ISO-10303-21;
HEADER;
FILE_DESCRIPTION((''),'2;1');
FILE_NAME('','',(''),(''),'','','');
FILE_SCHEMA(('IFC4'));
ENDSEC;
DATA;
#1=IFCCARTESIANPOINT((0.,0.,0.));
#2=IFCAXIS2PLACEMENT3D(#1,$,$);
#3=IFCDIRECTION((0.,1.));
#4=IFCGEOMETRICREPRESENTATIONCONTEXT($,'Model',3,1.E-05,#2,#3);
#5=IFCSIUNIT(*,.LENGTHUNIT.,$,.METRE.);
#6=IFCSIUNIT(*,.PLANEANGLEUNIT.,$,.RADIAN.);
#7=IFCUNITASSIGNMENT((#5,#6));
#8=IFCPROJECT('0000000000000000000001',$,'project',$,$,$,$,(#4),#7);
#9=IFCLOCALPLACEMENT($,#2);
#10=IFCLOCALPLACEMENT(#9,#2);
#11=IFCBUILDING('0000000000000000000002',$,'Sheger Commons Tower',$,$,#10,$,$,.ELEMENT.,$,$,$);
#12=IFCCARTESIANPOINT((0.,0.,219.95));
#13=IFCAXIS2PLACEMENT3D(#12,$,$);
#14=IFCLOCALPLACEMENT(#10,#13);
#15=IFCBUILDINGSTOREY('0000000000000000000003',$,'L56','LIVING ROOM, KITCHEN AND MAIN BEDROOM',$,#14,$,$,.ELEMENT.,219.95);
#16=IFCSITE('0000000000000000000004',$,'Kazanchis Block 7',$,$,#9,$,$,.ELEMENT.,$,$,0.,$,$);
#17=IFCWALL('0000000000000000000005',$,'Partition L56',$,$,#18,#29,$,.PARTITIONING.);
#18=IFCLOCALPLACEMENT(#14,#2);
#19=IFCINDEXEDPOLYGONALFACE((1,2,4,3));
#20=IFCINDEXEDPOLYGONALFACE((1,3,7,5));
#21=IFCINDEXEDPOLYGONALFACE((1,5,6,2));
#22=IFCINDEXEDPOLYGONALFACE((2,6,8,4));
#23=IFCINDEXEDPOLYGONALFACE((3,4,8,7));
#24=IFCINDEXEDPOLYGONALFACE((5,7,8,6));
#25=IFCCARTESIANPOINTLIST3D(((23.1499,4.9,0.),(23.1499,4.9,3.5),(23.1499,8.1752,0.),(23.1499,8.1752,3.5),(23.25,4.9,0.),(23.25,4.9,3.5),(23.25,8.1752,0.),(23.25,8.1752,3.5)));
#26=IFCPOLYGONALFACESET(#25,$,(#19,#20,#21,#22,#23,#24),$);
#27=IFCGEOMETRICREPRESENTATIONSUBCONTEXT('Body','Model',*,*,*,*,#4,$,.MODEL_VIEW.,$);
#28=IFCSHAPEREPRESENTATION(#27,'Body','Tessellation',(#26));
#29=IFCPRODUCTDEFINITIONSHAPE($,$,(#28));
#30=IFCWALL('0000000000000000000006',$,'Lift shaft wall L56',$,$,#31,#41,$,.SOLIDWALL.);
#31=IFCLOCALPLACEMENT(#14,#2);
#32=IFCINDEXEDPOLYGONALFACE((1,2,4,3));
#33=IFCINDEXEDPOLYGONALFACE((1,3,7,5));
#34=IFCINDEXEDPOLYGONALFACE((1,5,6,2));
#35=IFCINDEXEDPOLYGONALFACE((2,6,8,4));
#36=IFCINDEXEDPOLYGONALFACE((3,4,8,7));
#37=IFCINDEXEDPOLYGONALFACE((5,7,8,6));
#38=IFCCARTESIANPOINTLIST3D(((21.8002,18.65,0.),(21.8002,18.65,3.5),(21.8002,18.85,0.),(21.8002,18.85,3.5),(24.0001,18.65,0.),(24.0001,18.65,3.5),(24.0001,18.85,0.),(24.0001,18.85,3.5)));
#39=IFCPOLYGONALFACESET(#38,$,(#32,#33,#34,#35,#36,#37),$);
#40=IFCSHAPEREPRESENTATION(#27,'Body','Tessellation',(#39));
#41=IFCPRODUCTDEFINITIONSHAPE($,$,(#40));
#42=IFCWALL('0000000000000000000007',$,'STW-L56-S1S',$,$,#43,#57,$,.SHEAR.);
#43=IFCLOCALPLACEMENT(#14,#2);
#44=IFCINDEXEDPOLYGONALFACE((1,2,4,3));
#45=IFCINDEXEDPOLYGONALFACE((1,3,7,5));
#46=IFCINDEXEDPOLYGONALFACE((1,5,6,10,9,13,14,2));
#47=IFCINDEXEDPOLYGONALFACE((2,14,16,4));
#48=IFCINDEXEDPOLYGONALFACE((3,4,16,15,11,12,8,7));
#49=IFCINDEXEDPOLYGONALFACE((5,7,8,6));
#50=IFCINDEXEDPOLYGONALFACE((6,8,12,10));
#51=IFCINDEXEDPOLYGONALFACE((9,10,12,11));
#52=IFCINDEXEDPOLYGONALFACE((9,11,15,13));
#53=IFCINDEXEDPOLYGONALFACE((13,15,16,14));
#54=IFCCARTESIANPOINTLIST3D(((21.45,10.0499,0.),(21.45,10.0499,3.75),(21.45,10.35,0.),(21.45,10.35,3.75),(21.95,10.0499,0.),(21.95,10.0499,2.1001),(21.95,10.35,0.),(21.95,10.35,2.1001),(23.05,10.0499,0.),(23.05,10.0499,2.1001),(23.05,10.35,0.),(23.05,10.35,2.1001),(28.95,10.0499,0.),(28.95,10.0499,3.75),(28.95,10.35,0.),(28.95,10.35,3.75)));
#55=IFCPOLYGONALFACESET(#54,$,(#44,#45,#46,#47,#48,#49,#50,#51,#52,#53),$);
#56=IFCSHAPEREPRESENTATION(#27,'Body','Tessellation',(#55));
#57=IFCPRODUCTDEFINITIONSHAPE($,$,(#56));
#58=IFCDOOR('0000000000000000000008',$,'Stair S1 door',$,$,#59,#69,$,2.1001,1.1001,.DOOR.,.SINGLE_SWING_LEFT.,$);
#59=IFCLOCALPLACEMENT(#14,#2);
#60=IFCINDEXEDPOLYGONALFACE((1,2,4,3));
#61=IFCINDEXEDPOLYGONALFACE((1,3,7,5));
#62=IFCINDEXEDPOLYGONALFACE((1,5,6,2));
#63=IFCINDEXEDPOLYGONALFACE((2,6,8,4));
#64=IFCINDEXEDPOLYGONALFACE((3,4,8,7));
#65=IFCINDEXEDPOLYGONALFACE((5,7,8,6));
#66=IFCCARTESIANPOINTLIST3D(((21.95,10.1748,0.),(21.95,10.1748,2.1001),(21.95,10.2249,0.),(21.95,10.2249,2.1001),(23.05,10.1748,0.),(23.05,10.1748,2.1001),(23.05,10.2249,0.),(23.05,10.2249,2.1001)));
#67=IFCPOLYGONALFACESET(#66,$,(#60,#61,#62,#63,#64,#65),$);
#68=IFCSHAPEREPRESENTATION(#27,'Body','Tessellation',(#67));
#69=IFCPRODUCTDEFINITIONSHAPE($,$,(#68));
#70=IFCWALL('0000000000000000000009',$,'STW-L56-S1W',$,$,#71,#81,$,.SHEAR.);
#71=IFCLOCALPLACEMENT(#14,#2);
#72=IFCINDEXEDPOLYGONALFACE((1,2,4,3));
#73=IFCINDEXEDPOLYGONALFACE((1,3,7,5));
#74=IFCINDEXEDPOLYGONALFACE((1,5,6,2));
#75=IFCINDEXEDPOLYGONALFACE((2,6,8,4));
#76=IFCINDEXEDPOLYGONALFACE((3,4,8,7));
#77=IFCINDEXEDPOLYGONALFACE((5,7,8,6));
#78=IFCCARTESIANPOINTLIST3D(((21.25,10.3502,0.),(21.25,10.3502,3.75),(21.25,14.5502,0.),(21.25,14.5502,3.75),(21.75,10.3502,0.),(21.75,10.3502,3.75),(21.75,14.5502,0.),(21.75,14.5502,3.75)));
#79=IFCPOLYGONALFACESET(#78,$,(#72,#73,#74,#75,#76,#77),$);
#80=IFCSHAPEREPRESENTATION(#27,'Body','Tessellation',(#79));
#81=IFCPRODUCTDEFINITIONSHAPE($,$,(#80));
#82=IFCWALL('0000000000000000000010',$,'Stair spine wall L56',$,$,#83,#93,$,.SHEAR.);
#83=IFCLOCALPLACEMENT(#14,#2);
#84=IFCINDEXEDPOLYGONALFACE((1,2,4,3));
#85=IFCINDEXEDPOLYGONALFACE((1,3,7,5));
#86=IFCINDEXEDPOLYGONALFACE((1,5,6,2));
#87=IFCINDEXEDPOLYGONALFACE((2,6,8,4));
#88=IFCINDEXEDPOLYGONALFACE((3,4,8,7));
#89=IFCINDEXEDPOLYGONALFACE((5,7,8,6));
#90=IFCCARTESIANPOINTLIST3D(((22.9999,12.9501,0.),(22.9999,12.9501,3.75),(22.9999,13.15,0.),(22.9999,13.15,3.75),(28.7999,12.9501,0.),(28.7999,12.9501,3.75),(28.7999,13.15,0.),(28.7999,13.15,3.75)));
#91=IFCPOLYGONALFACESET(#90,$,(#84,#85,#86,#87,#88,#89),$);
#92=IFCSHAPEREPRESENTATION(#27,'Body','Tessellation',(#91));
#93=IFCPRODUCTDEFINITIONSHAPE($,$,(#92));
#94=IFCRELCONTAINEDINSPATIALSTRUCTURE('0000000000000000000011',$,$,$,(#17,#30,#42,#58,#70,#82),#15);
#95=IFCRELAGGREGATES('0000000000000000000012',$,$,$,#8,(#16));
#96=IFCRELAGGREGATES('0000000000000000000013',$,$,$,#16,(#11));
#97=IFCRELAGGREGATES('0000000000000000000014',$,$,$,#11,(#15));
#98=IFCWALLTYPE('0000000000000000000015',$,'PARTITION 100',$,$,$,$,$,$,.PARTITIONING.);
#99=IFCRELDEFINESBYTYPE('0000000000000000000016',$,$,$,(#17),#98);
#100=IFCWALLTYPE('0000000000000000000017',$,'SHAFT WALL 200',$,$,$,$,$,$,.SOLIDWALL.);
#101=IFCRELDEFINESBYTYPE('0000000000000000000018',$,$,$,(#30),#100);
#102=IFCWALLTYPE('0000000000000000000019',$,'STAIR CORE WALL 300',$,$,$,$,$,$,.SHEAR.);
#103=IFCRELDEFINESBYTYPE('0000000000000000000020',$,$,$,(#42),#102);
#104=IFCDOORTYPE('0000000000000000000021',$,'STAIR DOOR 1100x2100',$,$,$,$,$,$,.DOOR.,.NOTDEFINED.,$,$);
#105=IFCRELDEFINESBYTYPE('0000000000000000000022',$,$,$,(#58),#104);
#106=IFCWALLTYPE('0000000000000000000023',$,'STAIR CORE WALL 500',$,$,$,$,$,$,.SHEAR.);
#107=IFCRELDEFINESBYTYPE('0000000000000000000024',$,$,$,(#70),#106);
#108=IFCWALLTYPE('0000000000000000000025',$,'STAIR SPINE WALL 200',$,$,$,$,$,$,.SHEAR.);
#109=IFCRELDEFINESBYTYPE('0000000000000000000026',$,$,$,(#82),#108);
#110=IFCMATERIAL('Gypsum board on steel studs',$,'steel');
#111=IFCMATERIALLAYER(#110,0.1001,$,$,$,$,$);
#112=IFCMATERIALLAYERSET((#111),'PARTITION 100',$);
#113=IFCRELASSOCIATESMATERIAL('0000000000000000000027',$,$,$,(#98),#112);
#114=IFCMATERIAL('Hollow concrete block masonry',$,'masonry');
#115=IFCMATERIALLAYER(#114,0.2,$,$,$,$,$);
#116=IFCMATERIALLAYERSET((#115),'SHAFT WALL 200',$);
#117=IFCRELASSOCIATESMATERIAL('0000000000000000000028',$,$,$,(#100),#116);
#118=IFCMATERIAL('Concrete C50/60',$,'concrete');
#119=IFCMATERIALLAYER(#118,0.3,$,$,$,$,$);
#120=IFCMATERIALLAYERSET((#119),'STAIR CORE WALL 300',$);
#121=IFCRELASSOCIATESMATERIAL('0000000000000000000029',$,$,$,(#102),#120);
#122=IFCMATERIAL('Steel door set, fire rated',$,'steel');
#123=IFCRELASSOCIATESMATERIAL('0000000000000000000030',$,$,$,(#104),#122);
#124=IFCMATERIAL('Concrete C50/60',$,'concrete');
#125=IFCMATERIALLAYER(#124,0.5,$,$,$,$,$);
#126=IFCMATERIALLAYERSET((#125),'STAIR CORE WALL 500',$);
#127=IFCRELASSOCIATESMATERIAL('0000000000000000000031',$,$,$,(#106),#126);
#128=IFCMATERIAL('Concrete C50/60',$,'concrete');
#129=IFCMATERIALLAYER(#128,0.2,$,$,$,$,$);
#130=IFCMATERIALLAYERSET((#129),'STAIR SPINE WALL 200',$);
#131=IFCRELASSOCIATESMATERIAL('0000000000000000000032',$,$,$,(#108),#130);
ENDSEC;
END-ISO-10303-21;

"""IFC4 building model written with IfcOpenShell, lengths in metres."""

from ifc_helpers import new_model, si_unit, direction, frame, frame_2d, origin, place, context, subcontext, project, spatial, rectangle, extrude, material, layer, layer_set, type_object, element, fill, save


model = new_model("IFC4")

# Units and contexts
model_context = context("Model", 3, precision=1e-05, world=origin(), true_north=direction((0.0, 1.0)))
body_context = subcontext(model_context, "Body", "Model", "MODEL_VIEW")
ifc_project = project(units=[si_unit("LENGTHUNIT", "METRE"), si_unit("PLANEANGLEUNIT", "RADIAN")], contexts=[model_context])

# Site, building, storey
site_placement = place(None, origin())
site = spatial("IfcSite", under=ifc_project, at=site_placement, Name="Kazanchis Block 7", CompositionType="ELEMENT", RefElevation=0.0)
building_placement = place(site_placement, origin())
building = spatial("IfcBuilding", under=site, at=building_placement, Name="Sheger Commons Tower", CompositionType="ELEMENT")
storey_placement = place(building_placement, frame((0.0, 0.0, 219.95)))
storey = spatial("IfcBuildingStorey", under=building, at=storey_placement, Name="L56", Description="LIVING ROOM, KITCHEN AND MAIN BEDROOM", CompositionType="ELEMENT", Elevation=219.95)

# Walls
ifc_material_1 = material(Name="Gypsum board on steel studs", Category="steel")
ifc_layer_1 = layer(ifc_material_1, 0.1001)
ifc_layer_set_1 = layer_set([ifc_layer_1], Name="PARTITION 100")
wall_type_1 = type_object("IfcWallType", Name="PARTITION 100", PredefinedType="PARTITIONING", material=ifc_layer_set_1)
for number, where, z_axis, x_axis, name in (
    (1, (23.2, 4.8999, 0.0), (0.0, 0.0, 1.0), (0.0, 1.0, 0.0), "Partition L56"),
):
    element("IfcWall", number, at=place(storey_placement, frame(where, z_axis=z_axis, x_axis=x_axis)), inside=storey, type_object=wall_type_1, Name=name, PredefinedType="PARTITIONING", context=body_context, shape_type="SweptSolid", body=[
        extrude(rectangle(XDim=3.2751, YDim=0.1001, at=frame_2d((1.6377, 0.0))), origin(), (0.0, 0.0, 1.0), 3.5),
    ])
ifc_material_2 = material(Name="Hollow concrete block masonry", Category="masonry")
ifc_layer_2 = layer(ifc_material_2, 0.2)
ifc_layer_set_2 = layer_set([ifc_layer_2], Name="SHAFT WALL 200")
wall_type_2 = type_object("IfcWallType", Name="SHAFT WALL 200", PredefinedType="SOLIDWALL", material=ifc_layer_set_2)
wall_1_placement = place(storey_placement, frame((21.8, 18.75, 0.0), z_axis=(0.0, 0.0, 1.0), x_axis=(1.0, 0.0, 0.0)))
element("IfcWall", 2, at=wall_1_placement, inside=storey, type_object=wall_type_2, Name="Lift shaft wall L56", PredefinedType="SOLIDWALL", context=body_context, shape_type="SweptSolid", body=[
    extrude(rectangle(XDim=2.2, YDim=0.2, at=frame_2d((1.1001, 0.0))), origin(), (0.0, 0.0, 1.0), 3.5),
])

# Wall, opening, door
ifc_material_3 = material(Name="Concrete C50/60", Category="concrete")
ifc_layer_3 = layer(ifc_material_3, 0.3)
ifc_layer_set_3 = layer_set([ifc_layer_3], Name="STAIR CORE WALL 300")
wall_type_3 = type_object("IfcWallType", Name="STAIR CORE WALL 300", PredefinedType="SHEAR", material=ifc_layer_set_3)
wall_2_placement = place(storey_placement, frame((21.45, 10.2, 0.0), z_axis=(0.0, 0.0, 1.0), x_axis=(1.0, 0.0, 0.0)))
wall_2 = element("IfcWall", 3, at=wall_2_placement, inside=storey, type_object=wall_type_3, Name="STW-L56-S1S", PredefinedType="SHEAR", context=body_context, shape_type="SweptSolid", body=[
    extrude(rectangle(XDim=7.5, YDim=0.3, at=frame_2d((3.75, 0.0))), origin(), (0.0, 0.0, 1.0), 3.75),
])
opening_1_placement = place(wall_2_placement, frame((0.5, 0.0, 0.0)))
opening_1 = element("IfcOpeningElement", 4, at=opening_1_placement, cuts=wall_2, PredefinedType="OPENING", context=body_context, shape_type="SweptSolid", body=[
    extrude(rectangle(XDim=1.1001, YDim=2.1001, at=frame_2d((0.55, 1.05))), frame((0.0, 0.1599, 0.0), z_axis=(0.0, -1.0, 0.0), x_axis=(1.0, 0.0, 0.0)), (0.0, 0.0, 1.0), 0.3201),
])
ifc_material_4 = material(Name="Steel door set, fire rated", Category="steel")
door_type_1 = type_object("IfcDoorType", Name="STAIR DOOR 1100x2100", OperationType="NOTDEFINED", PredefinedType="DOOR", material=ifc_material_4)
door_1_placement = place(opening_1_placement, origin())
door_1 = element("IfcDoor", 5, at=door_1_placement, inside=storey, type_object=door_type_1, Name="Stair S1 door", OperationType="SINGLE_SWING_LEFT", OverallHeight=2.1001, OverallWidth=1.1001, PredefinedType="DOOR", context=body_context, shape_type="SweptSolid", body=[
    extrude(rectangle(XDim=1.1001, YDim=2.1001, at=frame_2d((0.55, 1.05))), frame((0.0, 0.0249, 0.0), z_axis=(0.0, -1.0, 0.0), x_axis=(1.0, 0.0, 0.0)), (0.0, 0.0, 1.0), 0.05),
])
fill(opening_1, door_1)

# Walls
ifc_material_5 = material(Name="Concrete C50/60", Category="concrete")
ifc_layer_4 = layer(ifc_material_5, 0.5)
ifc_layer_set_4 = layer_set([ifc_layer_4], Name="STAIR CORE WALL 500")
wall_type_4 = type_object("IfcWallType", Name="STAIR CORE WALL 500", PredefinedType="SHEAR", material=ifc_layer_set_4)
wall_3_placement = place(storey_placement, frame((21.5, 10.3501, 0.0), z_axis=(0.0, 0.0, 1.0), x_axis=(0.0, 1.0, 0.0)))
element("IfcWall", 6, at=wall_3_placement, inside=storey, type_object=wall_type_4, Name="STW-L56-S1W", PredefinedType="SHEAR", context=body_context, shape_type="SweptSolid", body=[
    extrude(rectangle(XDim=4.2, YDim=0.5, at=frame_2d((2.1001, 0.0))), origin(), (0.0, 0.0, 1.0), 3.75),
])
ifc_material_6 = material(Name="Concrete C50/60", Category="concrete")
ifc_layer_5 = layer(ifc_material_6, 0.2)
ifc_layer_set_5 = layer_set([ifc_layer_5], Name="STAIR SPINE WALL 200")
wall_type_5 = type_object("IfcWallType", Name="STAIR SPINE WALL 200", PredefinedType="SHEAR", material=ifc_layer_set_5)
wall_4_placement = place(storey_placement, frame((23.0, 13.05, 0.0), z_axis=(0.0, 0.0, 1.0), x_axis=(1.0, 0.0, 0.0)))
element("IfcWall", 7, at=wall_4_placement, inside=storey, type_object=wall_type_5, Name="Stair spine wall L56", PredefinedType="SHEAR", context=body_context, shape_type="SweptSolid", body=[
    extrude(rectangle(XDim=5.8, YDim=0.2, at=frame_2d((2.8999, 0.0))), origin(), (0.0, 0.0, 1.0), 3.75),
])

save(model, "model.ifc")
